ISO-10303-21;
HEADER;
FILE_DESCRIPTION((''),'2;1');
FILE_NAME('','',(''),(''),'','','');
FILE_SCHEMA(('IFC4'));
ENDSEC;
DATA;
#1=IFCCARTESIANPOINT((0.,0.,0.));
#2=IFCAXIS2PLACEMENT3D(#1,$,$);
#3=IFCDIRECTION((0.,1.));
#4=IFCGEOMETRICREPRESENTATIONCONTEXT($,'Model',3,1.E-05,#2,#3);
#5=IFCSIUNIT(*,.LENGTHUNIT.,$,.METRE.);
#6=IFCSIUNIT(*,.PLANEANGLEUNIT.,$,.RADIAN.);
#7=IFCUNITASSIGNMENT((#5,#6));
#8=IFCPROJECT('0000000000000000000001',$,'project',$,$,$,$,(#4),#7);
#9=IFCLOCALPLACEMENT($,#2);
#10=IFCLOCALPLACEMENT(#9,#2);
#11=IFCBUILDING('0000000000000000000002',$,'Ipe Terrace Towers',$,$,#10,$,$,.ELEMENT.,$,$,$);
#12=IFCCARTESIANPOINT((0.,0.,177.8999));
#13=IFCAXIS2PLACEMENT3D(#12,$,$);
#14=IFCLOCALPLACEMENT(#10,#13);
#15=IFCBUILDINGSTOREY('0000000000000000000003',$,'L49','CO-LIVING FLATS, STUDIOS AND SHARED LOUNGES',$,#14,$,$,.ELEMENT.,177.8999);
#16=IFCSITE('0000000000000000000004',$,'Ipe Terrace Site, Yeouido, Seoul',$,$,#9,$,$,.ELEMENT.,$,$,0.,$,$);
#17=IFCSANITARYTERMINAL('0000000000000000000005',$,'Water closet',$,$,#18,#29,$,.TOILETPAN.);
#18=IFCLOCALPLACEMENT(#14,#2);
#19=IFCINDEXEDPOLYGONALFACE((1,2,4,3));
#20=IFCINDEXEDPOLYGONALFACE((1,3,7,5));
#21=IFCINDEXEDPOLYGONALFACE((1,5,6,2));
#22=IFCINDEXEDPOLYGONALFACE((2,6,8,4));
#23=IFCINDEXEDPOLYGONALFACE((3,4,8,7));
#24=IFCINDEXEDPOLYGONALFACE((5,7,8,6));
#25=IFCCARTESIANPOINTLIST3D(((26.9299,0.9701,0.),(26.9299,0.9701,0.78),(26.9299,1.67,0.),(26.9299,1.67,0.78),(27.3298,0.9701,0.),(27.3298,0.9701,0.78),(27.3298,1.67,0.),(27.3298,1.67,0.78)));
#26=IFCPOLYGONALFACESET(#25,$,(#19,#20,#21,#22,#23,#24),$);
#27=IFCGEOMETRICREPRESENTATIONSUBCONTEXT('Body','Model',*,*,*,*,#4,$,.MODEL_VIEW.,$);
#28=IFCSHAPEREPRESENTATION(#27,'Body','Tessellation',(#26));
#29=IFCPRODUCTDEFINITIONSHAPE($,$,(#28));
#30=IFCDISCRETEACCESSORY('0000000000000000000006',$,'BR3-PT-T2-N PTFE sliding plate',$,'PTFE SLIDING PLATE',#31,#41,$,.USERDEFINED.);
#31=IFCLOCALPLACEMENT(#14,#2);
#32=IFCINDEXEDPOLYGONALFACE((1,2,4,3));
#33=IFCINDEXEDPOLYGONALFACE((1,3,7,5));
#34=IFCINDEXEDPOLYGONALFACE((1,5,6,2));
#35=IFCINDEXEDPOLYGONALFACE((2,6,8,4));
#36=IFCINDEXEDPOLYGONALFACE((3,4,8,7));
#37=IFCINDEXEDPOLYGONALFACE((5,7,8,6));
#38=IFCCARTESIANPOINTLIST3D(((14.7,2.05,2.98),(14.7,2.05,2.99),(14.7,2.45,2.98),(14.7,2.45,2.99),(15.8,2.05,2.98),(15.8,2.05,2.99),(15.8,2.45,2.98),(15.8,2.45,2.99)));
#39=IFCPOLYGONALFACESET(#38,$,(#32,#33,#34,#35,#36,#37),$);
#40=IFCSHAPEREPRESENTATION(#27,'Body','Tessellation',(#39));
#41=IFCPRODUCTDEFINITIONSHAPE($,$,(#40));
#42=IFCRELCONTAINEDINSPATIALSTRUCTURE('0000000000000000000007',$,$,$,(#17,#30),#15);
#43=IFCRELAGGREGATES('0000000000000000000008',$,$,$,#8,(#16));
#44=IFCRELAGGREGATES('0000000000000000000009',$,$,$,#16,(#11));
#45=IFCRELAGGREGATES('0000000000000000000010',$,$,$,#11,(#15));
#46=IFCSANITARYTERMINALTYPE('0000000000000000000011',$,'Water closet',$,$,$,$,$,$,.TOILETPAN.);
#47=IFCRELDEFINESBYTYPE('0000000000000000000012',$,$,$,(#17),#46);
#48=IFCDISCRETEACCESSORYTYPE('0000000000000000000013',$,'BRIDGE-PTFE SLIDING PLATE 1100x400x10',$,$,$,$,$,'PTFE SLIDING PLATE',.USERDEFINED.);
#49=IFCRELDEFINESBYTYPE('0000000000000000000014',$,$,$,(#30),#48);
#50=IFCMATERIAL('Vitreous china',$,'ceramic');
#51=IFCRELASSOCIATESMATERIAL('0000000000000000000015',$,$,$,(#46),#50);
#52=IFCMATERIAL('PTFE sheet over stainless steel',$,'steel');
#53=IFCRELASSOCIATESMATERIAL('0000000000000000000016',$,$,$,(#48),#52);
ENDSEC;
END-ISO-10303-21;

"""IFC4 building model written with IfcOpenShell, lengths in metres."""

from ifc_helpers import new_model, si_unit, direction, frame, origin, origin_2d, place, context, subcontext, project, spatial, rectangle, extrude, material, type_object, element, save


model = new_model("IFC4")

# Units and contexts
model_context = context("Model", 3, precision=1e-05, world=origin(), true_north=direction((0.0, 1.0)))
body_context = subcontext(model_context, "Body", "Model", "MODEL_VIEW")
ifc_project = project(units=[si_unit("LENGTHUNIT", "METRE"), si_unit("PLANEANGLEUNIT", "RADIAN")], contexts=[model_context])

# Site, building, storey
site_placement = place(None, origin())
site = spatial("IfcSite", under=ifc_project, at=site_placement, Name="Ipe Terrace Site, Yeouido, Seoul", CompositionType="ELEMENT", RefElevation=0.0)
building_placement = place(site_placement, origin())
building = spatial("IfcBuilding", under=site, at=building_placement, Name="Ipe Terrace Towers", CompositionType="ELEMENT")
storey_placement = place(building_placement, frame((0.0, 0.0, 177.8999)))
storey = spatial("IfcBuildingStorey", under=building, at=storey_placement, Name="L49", Description="CO-LIVING FLATS, STUDIOS AND SHARED LOUNGES", CompositionType="ELEMENT", Elevation=177.8999)

# Sanitary terminal
ifc_material_1 = material(Name="Vitreous china", Category="ceramic")
sanitary_terminal_type_1 = type_object("IfcSanitaryTerminalType", Name="Water closet", PredefinedType="TOILETPAN", material=ifc_material_1)
sanitary_terminal_1_placement = place(storey_placement, frame((27.1299, 1.3201, 0.0), z_axis=(0.0, 0.0, 1.0), x_axis=(0.0, 1.0, 0.0)))
element("IfcSanitaryTerminal", 1, at=sanitary_terminal_1_placement, inside=storey, type_object=sanitary_terminal_type_1, Name="Water closet", PredefinedType="TOILETPAN", context=body_context, shape_type="SweptSolid", body=[
    extrude(rectangle(XDim=0.7, YDim=0.3999, at=origin_2d()), origin(), (0.0, 0.0, 1.0), 0.78),
])

# Discrete accessory
ifc_material_2 = material(Name="PTFE sheet over stainless steel", Category="steel")
discrete_accessory_type = type_object("IfcDiscreteAccessoryType", Name="BRIDGE-PTFE SLIDING PLATE 1100x400x10", ElementType="PTFE SLIDING PLATE", PredefinedType="USERDEFINED", material=ifc_material_2)
discrete_accessory_placement = place(storey_placement, frame((15.25, 2.25, 2.98), z_axis=(0.0, 0.0, 1.0), x_axis=(1.0, 0.0, 0.0)))
element("IfcDiscreteAccessory", 2, at=discrete_accessory_placement, inside=storey, type_object=discrete_accessory_type, Name="BR3-PT-T2-N PTFE sliding plate", ObjectType="PTFE SLIDING PLATE", PredefinedType="USERDEFINED", context=body_context, shape_type="SweptSolid", body=[
    extrude(rectangle(XDim=1.1001, YDim=0.3999, at=origin_2d()), origin(), (0.0, 0.0, 1.0), 0.01),
])

save(model, "model.ifc")
